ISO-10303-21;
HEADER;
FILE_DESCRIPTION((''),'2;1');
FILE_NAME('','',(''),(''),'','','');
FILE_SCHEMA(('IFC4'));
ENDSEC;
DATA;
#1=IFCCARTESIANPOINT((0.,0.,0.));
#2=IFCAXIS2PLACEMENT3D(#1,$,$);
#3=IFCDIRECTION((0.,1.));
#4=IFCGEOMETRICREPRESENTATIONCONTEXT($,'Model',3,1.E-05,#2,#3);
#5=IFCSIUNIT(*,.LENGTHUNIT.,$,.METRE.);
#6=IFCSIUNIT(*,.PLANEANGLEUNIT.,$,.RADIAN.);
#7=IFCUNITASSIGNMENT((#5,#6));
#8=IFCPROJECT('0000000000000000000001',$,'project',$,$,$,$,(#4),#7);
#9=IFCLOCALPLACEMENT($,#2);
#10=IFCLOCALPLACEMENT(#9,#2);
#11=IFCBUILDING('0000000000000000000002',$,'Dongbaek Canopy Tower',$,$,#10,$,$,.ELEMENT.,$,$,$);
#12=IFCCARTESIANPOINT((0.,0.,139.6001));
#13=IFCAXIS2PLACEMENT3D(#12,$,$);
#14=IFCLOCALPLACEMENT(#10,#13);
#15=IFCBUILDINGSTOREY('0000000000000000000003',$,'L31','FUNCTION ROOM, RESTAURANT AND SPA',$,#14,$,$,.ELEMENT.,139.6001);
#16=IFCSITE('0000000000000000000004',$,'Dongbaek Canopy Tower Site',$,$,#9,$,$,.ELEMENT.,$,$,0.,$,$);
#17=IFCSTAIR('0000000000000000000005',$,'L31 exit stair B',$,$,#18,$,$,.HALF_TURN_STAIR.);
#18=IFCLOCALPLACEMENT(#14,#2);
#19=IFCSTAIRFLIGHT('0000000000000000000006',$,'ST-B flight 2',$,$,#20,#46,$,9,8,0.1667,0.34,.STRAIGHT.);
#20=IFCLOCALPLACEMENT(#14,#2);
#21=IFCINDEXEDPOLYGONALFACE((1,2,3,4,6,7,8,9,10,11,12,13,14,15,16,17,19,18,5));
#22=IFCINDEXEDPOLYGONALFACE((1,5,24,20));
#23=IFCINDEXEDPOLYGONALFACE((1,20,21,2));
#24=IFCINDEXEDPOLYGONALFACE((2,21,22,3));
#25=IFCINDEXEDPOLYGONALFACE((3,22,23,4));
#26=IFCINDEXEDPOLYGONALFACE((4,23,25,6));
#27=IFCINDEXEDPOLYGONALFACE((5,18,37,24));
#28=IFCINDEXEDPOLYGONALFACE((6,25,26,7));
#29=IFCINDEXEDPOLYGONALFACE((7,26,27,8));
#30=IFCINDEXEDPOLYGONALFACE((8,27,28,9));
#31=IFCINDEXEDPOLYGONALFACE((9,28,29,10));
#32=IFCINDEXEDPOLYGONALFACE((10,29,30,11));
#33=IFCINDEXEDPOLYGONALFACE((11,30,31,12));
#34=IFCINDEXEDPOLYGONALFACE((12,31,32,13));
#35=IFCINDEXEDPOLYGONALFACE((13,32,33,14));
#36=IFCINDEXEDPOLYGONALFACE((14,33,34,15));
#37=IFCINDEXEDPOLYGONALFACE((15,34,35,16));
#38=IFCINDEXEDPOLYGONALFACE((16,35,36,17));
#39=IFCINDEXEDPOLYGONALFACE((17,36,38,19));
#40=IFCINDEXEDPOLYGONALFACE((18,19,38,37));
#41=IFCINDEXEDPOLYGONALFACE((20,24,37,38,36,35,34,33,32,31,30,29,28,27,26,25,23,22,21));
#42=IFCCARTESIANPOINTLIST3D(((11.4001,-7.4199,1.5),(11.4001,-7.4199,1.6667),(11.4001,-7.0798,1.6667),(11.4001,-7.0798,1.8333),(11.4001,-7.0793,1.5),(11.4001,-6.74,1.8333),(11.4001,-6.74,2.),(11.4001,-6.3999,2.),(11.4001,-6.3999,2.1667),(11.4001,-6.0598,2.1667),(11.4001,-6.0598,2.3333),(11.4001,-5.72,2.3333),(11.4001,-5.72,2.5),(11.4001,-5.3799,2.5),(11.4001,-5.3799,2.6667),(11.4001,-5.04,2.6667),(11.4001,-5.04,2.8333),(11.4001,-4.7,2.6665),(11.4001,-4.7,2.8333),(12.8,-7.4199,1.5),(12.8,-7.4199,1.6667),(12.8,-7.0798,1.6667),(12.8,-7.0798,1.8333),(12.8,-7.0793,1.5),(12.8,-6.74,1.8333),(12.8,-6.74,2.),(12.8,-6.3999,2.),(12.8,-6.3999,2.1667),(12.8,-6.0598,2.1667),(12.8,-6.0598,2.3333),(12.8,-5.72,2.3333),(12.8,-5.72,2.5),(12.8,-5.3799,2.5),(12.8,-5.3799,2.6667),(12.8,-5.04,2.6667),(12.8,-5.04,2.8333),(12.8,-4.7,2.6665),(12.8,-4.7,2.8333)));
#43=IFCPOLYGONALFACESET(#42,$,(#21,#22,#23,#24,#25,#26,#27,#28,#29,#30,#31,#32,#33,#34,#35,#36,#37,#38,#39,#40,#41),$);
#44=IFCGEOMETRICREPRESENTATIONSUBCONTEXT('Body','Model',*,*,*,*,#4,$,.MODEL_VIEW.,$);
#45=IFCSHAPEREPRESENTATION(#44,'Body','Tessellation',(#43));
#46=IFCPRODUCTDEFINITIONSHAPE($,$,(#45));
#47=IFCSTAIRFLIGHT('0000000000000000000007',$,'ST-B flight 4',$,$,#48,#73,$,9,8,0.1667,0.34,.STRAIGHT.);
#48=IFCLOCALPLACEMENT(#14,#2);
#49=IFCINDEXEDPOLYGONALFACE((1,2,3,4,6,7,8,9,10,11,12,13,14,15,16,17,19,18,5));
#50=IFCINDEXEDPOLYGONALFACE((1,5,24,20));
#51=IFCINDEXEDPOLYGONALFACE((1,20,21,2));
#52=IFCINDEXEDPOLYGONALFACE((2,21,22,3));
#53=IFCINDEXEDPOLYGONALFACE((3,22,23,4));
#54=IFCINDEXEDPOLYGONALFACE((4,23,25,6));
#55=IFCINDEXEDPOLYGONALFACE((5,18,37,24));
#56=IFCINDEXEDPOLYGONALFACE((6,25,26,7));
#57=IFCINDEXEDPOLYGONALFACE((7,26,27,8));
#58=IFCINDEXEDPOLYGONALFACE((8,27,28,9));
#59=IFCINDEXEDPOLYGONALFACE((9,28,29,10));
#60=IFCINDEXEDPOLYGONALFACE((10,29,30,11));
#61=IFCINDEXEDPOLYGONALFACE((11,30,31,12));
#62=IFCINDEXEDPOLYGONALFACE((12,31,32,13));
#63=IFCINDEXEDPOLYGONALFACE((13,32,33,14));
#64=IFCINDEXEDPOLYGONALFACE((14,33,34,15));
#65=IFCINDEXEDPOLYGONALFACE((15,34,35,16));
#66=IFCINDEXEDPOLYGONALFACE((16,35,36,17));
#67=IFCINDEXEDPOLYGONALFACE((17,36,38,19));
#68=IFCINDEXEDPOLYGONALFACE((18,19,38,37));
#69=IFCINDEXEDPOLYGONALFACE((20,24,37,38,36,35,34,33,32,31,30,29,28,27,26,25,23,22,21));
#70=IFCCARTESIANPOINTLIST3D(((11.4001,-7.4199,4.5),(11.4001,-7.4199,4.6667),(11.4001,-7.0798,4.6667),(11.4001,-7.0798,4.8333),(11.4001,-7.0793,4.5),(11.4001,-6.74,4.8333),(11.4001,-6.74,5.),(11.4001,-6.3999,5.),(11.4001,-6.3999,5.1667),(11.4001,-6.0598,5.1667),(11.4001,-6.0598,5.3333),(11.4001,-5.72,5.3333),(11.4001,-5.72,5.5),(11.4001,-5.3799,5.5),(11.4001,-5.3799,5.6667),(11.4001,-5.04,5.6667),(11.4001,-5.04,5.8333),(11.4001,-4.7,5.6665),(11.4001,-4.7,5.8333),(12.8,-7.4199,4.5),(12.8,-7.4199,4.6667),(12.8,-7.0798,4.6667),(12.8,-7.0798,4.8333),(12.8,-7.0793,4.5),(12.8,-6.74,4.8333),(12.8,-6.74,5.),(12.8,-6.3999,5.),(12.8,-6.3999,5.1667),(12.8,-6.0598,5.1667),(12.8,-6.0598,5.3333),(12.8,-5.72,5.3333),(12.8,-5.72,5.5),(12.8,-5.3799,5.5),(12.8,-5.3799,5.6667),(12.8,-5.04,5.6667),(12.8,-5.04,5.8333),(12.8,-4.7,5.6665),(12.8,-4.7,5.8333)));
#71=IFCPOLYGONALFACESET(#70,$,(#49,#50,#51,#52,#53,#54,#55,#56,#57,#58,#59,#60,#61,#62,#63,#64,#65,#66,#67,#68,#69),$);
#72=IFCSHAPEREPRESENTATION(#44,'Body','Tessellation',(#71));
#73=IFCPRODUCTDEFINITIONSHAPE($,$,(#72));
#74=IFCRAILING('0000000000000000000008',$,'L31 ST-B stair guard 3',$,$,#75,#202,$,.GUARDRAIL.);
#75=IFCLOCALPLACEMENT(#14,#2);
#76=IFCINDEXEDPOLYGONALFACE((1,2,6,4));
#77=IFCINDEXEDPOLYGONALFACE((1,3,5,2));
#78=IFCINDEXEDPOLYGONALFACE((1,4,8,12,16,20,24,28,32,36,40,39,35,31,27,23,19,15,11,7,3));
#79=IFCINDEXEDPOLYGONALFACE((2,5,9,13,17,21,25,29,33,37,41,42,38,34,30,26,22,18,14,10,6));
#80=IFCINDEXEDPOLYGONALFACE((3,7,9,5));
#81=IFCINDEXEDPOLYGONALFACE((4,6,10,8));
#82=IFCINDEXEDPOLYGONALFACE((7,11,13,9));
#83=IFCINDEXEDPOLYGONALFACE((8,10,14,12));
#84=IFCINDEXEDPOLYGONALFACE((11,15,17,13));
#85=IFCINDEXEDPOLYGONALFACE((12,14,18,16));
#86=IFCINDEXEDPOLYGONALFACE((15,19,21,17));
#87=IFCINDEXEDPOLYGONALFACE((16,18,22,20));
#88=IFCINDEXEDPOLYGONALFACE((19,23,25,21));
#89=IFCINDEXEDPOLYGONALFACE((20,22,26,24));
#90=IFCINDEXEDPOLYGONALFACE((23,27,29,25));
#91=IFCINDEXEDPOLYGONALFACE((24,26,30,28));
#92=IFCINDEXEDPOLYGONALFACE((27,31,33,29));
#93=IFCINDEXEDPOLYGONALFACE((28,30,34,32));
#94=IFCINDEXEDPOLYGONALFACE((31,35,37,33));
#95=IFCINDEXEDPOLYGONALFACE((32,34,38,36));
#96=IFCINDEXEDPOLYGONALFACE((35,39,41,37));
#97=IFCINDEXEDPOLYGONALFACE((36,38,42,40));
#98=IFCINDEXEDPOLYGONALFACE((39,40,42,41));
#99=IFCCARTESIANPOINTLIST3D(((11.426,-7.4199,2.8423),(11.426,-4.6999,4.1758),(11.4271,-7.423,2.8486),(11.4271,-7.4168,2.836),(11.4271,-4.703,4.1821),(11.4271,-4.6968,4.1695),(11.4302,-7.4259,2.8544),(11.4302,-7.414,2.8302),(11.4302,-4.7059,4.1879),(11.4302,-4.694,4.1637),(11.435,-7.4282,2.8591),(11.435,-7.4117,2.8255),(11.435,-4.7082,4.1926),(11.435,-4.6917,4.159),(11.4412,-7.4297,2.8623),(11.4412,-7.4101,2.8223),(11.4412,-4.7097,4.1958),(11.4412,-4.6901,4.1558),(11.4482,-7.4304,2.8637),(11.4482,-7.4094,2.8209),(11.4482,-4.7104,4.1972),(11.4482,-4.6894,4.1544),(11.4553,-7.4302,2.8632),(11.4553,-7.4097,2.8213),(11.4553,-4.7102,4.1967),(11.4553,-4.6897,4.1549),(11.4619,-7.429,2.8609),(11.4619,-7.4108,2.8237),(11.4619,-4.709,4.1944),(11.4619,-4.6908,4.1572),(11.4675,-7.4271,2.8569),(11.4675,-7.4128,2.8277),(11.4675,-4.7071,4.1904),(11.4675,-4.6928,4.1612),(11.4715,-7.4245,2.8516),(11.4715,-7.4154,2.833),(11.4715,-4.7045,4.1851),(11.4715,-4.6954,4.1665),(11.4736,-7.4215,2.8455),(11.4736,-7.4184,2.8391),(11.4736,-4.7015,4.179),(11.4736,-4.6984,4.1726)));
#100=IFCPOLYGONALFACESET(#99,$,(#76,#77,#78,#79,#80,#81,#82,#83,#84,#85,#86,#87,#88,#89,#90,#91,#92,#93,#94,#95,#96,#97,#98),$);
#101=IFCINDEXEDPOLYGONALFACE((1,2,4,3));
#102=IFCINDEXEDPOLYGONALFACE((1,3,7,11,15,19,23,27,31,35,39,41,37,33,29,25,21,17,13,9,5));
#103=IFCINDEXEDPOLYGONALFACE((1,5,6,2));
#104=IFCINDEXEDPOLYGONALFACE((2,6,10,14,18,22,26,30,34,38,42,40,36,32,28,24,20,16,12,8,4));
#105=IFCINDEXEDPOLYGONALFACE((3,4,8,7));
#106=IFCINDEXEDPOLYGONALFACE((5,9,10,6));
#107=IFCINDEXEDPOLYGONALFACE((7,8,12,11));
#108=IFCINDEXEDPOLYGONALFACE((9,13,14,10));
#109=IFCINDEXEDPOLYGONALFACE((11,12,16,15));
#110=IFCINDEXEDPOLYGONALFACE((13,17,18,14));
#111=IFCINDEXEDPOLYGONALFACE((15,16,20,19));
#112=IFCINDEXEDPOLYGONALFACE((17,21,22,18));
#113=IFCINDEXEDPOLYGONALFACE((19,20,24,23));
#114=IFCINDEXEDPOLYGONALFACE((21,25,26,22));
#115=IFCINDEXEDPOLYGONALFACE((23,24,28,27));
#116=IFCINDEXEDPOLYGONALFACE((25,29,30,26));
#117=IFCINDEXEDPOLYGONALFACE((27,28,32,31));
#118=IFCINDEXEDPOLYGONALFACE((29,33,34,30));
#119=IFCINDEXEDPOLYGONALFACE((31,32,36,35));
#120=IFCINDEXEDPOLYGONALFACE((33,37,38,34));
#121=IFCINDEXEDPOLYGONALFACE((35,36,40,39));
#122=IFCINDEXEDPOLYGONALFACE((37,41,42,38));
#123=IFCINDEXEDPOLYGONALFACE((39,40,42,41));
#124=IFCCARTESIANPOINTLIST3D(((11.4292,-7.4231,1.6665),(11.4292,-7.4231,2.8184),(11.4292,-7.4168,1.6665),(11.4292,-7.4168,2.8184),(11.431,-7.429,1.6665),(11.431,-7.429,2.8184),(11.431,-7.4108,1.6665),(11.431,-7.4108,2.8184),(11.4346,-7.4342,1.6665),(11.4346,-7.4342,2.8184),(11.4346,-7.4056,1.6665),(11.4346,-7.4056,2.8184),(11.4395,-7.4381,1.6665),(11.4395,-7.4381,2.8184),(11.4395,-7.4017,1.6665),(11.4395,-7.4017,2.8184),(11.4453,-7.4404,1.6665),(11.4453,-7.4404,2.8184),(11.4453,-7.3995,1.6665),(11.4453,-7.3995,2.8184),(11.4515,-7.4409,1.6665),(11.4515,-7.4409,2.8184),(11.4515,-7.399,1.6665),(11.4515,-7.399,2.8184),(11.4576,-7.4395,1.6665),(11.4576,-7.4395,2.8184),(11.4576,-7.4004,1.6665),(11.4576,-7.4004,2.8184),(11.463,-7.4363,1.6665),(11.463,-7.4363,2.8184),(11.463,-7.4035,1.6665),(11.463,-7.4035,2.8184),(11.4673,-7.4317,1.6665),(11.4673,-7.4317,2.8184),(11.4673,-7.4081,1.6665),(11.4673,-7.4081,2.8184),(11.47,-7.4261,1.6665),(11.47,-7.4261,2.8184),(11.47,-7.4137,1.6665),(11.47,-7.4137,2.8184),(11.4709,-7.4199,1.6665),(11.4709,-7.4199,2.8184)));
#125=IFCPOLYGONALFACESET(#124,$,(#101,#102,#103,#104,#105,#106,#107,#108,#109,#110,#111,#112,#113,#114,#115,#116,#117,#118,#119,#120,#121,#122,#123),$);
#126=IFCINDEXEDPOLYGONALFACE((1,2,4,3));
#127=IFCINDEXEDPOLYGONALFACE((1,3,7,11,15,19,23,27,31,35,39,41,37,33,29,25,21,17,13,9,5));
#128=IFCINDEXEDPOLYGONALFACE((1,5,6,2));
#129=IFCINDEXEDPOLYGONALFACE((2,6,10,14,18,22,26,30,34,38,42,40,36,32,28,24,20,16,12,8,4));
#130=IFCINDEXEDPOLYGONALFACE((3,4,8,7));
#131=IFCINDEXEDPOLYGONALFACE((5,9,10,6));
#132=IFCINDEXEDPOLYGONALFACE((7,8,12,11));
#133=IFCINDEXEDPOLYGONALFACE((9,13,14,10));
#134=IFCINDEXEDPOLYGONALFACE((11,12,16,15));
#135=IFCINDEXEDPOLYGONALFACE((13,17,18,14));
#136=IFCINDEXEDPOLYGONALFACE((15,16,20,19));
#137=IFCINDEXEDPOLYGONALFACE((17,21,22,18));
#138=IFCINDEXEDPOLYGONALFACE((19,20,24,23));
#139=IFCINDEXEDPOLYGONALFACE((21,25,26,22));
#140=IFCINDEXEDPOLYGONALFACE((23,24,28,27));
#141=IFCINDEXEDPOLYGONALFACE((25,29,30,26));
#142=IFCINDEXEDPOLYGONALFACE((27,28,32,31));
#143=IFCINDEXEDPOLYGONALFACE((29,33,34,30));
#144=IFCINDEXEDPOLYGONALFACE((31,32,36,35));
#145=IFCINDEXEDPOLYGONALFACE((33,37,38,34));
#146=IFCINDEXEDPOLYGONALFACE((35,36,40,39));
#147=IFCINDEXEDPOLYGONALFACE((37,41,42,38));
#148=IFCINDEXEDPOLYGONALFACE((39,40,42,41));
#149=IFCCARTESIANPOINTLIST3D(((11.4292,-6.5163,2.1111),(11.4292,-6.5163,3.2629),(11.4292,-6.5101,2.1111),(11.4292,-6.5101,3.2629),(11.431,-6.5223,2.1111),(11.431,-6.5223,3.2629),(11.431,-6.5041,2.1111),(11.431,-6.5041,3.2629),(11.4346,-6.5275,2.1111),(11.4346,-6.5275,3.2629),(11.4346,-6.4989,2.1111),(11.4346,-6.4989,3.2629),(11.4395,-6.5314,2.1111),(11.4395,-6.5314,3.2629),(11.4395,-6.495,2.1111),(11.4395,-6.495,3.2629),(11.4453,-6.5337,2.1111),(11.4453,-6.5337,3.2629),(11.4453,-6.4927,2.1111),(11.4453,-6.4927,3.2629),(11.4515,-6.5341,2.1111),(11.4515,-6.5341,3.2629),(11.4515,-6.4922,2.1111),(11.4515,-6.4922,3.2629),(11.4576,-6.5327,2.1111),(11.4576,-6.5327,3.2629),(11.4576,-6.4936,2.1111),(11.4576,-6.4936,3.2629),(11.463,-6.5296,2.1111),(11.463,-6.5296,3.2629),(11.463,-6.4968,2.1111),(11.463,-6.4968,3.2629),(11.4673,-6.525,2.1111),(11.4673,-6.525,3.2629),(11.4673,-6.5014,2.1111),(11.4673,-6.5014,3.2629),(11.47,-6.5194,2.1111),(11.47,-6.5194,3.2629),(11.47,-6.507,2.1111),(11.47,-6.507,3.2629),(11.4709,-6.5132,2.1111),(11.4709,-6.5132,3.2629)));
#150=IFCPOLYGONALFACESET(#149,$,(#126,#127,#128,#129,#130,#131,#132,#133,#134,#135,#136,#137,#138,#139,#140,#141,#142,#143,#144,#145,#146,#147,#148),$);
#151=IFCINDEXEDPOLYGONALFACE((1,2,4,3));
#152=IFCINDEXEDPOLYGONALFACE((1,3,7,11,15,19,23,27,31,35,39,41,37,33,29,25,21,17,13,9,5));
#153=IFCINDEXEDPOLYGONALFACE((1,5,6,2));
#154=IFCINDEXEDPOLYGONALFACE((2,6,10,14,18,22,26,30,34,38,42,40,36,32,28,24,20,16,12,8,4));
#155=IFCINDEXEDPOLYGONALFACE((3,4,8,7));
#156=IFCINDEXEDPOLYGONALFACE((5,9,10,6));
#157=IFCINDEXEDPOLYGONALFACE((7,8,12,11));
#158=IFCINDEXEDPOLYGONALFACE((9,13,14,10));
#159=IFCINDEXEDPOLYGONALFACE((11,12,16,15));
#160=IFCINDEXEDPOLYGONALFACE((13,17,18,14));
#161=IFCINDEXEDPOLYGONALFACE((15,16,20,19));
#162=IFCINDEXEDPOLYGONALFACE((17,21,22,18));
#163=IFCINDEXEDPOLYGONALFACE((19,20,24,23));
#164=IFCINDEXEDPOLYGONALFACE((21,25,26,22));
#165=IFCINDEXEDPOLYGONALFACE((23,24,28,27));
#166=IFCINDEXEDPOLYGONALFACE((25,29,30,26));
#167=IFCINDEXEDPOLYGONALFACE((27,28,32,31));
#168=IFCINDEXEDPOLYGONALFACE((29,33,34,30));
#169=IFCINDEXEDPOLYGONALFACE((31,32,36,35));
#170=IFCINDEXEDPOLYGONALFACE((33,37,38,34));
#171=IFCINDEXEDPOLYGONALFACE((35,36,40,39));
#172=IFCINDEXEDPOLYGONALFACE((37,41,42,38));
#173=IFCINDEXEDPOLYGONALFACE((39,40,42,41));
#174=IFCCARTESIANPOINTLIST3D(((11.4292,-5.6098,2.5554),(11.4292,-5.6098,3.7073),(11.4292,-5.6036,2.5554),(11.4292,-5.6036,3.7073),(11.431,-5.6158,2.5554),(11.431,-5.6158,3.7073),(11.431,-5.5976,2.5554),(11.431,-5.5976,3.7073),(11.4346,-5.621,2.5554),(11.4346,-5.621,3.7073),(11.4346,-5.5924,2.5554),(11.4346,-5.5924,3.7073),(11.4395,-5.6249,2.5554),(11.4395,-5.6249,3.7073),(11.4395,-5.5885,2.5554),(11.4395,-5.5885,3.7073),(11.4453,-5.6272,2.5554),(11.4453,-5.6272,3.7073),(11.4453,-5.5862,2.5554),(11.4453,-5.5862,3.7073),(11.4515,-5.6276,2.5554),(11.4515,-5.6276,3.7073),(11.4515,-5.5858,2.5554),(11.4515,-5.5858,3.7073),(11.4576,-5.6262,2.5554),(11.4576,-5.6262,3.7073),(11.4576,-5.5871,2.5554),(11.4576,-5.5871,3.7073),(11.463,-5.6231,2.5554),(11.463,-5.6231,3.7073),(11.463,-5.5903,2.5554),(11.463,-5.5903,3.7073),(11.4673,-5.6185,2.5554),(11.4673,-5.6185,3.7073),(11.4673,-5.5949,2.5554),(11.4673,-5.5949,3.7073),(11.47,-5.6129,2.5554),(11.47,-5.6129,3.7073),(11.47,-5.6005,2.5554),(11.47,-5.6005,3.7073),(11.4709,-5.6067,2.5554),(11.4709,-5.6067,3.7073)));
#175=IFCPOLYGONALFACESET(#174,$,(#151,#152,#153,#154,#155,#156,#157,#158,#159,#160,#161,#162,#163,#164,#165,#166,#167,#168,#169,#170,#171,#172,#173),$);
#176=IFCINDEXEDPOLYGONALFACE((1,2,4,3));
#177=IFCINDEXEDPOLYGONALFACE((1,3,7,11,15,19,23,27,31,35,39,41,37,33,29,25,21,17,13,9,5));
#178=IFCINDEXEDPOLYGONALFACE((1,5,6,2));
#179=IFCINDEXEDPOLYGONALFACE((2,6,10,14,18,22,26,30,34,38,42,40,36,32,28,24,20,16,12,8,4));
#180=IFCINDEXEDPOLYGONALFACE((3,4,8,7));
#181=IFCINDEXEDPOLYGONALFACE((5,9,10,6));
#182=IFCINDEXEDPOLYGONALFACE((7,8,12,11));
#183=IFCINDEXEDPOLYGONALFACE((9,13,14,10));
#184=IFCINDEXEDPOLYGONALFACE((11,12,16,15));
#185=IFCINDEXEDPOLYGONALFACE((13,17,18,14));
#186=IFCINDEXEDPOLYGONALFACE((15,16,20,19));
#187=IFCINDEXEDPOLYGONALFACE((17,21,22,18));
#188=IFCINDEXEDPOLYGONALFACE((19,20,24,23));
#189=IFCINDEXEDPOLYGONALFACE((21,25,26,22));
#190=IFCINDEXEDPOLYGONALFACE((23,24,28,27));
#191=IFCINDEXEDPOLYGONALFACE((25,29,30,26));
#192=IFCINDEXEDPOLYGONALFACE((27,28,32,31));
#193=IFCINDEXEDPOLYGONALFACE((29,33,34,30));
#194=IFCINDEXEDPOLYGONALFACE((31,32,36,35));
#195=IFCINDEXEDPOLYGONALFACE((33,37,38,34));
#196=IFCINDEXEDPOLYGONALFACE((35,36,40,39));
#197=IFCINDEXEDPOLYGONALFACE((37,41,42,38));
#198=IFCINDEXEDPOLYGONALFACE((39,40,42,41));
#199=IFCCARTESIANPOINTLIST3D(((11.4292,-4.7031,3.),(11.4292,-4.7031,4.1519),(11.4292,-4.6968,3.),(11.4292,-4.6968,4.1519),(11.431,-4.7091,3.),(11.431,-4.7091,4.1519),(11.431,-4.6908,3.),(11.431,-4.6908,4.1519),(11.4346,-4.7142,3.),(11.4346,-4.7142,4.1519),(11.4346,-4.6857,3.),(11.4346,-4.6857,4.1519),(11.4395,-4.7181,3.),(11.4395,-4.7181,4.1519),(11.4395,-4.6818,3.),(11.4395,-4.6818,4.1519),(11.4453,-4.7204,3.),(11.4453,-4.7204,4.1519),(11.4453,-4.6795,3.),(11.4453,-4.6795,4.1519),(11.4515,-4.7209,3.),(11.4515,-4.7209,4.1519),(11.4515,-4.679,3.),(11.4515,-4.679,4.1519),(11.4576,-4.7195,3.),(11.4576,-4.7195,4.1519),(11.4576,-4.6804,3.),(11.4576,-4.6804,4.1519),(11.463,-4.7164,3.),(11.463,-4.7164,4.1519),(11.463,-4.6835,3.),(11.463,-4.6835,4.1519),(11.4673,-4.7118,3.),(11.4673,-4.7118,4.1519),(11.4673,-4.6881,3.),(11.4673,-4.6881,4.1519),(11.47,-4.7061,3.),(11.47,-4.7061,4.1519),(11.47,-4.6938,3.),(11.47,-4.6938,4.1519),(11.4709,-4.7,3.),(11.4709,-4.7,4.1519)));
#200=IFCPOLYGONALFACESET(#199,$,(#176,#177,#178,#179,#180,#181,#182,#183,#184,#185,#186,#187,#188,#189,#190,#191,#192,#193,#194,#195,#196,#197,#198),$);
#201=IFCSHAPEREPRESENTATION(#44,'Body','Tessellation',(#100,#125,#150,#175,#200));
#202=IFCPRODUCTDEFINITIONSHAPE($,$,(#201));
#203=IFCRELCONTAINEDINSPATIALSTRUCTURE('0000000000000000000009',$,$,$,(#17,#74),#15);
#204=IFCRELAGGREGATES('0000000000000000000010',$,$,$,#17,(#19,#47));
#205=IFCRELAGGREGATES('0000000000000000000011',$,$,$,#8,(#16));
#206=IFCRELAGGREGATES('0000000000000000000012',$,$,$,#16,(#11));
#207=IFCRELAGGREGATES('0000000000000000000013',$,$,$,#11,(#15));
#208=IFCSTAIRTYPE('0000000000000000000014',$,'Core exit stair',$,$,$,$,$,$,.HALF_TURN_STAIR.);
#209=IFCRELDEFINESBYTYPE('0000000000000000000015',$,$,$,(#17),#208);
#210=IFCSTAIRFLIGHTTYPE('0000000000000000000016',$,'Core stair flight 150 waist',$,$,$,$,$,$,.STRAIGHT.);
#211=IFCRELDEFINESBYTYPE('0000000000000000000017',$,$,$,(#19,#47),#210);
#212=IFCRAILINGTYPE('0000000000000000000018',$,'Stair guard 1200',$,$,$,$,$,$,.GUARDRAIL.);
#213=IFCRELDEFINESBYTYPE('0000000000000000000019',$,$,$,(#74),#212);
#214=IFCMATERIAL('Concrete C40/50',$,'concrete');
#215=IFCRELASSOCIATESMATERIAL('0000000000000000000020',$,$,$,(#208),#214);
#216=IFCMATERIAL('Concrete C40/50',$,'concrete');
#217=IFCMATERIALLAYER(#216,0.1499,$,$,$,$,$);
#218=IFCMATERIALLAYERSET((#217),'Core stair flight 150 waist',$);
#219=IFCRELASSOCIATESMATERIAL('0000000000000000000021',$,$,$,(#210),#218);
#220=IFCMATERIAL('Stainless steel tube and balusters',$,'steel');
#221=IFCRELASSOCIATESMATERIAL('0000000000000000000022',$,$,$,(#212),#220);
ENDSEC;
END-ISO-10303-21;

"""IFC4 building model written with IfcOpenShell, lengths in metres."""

from ifc_helpers import new_model, si_unit, direction, frame, origin, origin_2d, place, context, subcontext, project, spatial, polyline, circle, outline, extrude, material, layer, layer_set, type_object, element, aggregate, save


model = new_model("IFC4")

# Units and contexts
model_context = context("Model", 3, precision=1e-05, world=origin(), true_north=direction((0.0, 1.0)))
body_context = subcontext(model_context, "Body", "Model", "MODEL_VIEW")
ifc_project = project(units=[si_unit("LENGTHUNIT", "METRE"), si_unit("PLANEANGLEUNIT", "RADIAN")], contexts=[model_context])

# Site, building, storey
site_placement = place(None, origin())
site = spatial("IfcSite", under=ifc_project, at=site_placement, Name="Dongbaek Canopy Tower Site", CompositionType="ELEMENT", RefElevation=0.0)
building_placement = place(site_placement, origin())
building = spatial("IfcBuilding", under=site, at=building_placement, Name="Dongbaek Canopy Tower", CompositionType="ELEMENT")
storey_placement = place(building_placement, frame((0.0, 0.0, 139.6001)))
storey = spatial("IfcBuildingStorey", under=building, at=storey_placement, Name="L31", Description="FUNCTION ROOM, RESTAURANT AND SPA", CompositionType="ELEMENT", Elevation=139.6001)

# Stair, stair flights
ifc_material_1 = material(Name="Concrete C40/50", Category="concrete")
stair_type = type_object("IfcStairType", Name="Core exit stair", PredefinedType="HALF_TURN_STAIR", material=ifc_material_1)
stair_placement = place(storey_placement, origin())
stair = element("IfcStair", 1, at=stair_placement, inside=storey, type_object=stair_type, Name="L31 exit stair B", PredefinedType="HALF_TURN_STAIR")
ifc_material_2 = material(Name="Concrete C40/50", Category="concrete")
ifc_layer_1 = layer(ifc_material_2, 0.1499)
ifc_layer_set_1 = layer_set([ifc_layer_1], Name="Core stair flight 150 waist")
stair_flight_type = type_object("IfcStairFlightType", Name="Core stair flight 150 waist", PredefinedType="STRAIGHT", material=ifc_layer_set_1)
stair_flight_1_placement = place(storey_placement, frame((12.1001, -7.4199, 1.5), z_axis=(0.0, 0.0, 1.0), x_axis=(0.0, 1.0, 0.0)))
stair_flight_1 = element("IfcStairFlight", 2, at=stair_flight_1_placement, type_object=stair_flight_type, Name="ST-B flight 2", NumberOfRisers=9, NumberOfTreads=8, PredefinedType="STRAIGHT", RiserHeight=0.1667, TreadLength=0.34, context=body_context, shape_type="SweptSolid", body=[
    extrude(outline(polyline([(0.0, 0.0), (0.0, 0.1667), (0.3401, 0.1667), (0.3401, 0.3333), (0.6799, 0.3333), (0.6799, 0.5), (1.02, 0.5), (1.02, 0.6667), (1.3601, 0.6667), (1.3601, 0.8333), (1.7, 0.8333), (1.7, 1.0), (2.04, 1.0), (2.04, 1.1667), (2.3799, 1.1667), (2.3799, 1.3333), (2.72, 1.3333), (2.72, 1.5), (2.72, 1.1665), (0.3406, 0.0), (0.0, 0.0)])), frame((0.0, 0.7, 0.0), z_axis=(0.0, -1.0, 0.0), x_axis=(1.0, 0.0, 0.0)), (0.0, 0.0, 1.0), 1.3999),
])
stair_flight_2_placement = place(storey_placement, frame((12.1001, -7.4199, 4.5), z_axis=(0.0, 0.0, 1.0), x_axis=(0.0, 1.0, 0.0)))
stair_flight_2 = element("IfcStairFlight", 3, at=stair_flight_2_placement, type_object=stair_flight_type, Name="ST-B flight 4", NumberOfRisers=9, NumberOfTreads=8, PredefinedType="STRAIGHT", RiserHeight=0.1667, TreadLength=0.34, context=body_context, shape_type="SweptSolid", body=[
    extrude(outline(polyline([(0.0, 0.0), (0.0, 0.1667), (0.3401, 0.1667), (0.3401, 0.3333), (0.6799, 0.3333), (0.6799, 0.5), (1.02, 0.5), (1.02, 0.6667), (1.3601, 0.6667), (1.3601, 0.8333), (1.7, 0.8333), (1.7, 1.0), (2.04, 1.0), (2.04, 1.1667), (2.3799, 1.1667), (2.3799, 1.3333), (2.72, 1.3333), (2.72, 1.5), (2.72, 1.1665), (0.3406, 0.0), (0.0, 0.0)])), frame((0.0, 0.7, 0.0), z_axis=(0.0, -1.0, 0.0), x_axis=(1.0, 0.0, 0.0)), (0.0, 0.0, 1.0), 1.3999),
])
aggregate(stair, [stair_flight_1, stair_flight_2])

# Railing
ifc_material_3 = material(Name="Stainless steel tube and balusters", Category="steel")
railing_type_1 = type_object("IfcRailingType", Name="Stair guard 1200", PredefinedType="GUARDRAIL", material=ifc_material_3)
railing_1_placement = place(storey_placement, frame((11.45, -7.4199, 1.6665)))
element("IfcRailing", 4, at=railing_1_placement, inside=storey, type_object=railing_type_1, Name="L31 ST-B stair guard 3", PredefinedType="GUARDRAIL", context=body_context, shape_type="SweptSolid", body=[
    extrude(circle(Radius=0.0239, at=origin_2d()), frame((0.0, 0.0, 1.1758), z_axis=(0.0, 0.897898, 0.440204), x_axis=(-1.0, 0.0, 0.0)), (0.0, 0.0, 1.0), 3.0293),
    extrude(circle(Radius=0.021, at=origin_2d()), origin(), (0.0, 0.0, 1.0), 1.1519),
    extrude(circle(Radius=0.021, at=origin_2d()), frame((0.0, 0.9067, 0.4446)), (0.0, 0.0, 1.0), 1.1519),
    extrude(circle(Radius=0.021, at=origin_2d()), frame((0.0, 1.8132, 0.8889)), (0.0, 0.0, 1.0), 1.1519),
    extrude(circle(Radius=0.021, at=origin_2d()), frame((0.0, 2.72, 1.3335)), (0.0, 0.0, 1.0), 1.1519),
])

save(model, "model.ifc")
